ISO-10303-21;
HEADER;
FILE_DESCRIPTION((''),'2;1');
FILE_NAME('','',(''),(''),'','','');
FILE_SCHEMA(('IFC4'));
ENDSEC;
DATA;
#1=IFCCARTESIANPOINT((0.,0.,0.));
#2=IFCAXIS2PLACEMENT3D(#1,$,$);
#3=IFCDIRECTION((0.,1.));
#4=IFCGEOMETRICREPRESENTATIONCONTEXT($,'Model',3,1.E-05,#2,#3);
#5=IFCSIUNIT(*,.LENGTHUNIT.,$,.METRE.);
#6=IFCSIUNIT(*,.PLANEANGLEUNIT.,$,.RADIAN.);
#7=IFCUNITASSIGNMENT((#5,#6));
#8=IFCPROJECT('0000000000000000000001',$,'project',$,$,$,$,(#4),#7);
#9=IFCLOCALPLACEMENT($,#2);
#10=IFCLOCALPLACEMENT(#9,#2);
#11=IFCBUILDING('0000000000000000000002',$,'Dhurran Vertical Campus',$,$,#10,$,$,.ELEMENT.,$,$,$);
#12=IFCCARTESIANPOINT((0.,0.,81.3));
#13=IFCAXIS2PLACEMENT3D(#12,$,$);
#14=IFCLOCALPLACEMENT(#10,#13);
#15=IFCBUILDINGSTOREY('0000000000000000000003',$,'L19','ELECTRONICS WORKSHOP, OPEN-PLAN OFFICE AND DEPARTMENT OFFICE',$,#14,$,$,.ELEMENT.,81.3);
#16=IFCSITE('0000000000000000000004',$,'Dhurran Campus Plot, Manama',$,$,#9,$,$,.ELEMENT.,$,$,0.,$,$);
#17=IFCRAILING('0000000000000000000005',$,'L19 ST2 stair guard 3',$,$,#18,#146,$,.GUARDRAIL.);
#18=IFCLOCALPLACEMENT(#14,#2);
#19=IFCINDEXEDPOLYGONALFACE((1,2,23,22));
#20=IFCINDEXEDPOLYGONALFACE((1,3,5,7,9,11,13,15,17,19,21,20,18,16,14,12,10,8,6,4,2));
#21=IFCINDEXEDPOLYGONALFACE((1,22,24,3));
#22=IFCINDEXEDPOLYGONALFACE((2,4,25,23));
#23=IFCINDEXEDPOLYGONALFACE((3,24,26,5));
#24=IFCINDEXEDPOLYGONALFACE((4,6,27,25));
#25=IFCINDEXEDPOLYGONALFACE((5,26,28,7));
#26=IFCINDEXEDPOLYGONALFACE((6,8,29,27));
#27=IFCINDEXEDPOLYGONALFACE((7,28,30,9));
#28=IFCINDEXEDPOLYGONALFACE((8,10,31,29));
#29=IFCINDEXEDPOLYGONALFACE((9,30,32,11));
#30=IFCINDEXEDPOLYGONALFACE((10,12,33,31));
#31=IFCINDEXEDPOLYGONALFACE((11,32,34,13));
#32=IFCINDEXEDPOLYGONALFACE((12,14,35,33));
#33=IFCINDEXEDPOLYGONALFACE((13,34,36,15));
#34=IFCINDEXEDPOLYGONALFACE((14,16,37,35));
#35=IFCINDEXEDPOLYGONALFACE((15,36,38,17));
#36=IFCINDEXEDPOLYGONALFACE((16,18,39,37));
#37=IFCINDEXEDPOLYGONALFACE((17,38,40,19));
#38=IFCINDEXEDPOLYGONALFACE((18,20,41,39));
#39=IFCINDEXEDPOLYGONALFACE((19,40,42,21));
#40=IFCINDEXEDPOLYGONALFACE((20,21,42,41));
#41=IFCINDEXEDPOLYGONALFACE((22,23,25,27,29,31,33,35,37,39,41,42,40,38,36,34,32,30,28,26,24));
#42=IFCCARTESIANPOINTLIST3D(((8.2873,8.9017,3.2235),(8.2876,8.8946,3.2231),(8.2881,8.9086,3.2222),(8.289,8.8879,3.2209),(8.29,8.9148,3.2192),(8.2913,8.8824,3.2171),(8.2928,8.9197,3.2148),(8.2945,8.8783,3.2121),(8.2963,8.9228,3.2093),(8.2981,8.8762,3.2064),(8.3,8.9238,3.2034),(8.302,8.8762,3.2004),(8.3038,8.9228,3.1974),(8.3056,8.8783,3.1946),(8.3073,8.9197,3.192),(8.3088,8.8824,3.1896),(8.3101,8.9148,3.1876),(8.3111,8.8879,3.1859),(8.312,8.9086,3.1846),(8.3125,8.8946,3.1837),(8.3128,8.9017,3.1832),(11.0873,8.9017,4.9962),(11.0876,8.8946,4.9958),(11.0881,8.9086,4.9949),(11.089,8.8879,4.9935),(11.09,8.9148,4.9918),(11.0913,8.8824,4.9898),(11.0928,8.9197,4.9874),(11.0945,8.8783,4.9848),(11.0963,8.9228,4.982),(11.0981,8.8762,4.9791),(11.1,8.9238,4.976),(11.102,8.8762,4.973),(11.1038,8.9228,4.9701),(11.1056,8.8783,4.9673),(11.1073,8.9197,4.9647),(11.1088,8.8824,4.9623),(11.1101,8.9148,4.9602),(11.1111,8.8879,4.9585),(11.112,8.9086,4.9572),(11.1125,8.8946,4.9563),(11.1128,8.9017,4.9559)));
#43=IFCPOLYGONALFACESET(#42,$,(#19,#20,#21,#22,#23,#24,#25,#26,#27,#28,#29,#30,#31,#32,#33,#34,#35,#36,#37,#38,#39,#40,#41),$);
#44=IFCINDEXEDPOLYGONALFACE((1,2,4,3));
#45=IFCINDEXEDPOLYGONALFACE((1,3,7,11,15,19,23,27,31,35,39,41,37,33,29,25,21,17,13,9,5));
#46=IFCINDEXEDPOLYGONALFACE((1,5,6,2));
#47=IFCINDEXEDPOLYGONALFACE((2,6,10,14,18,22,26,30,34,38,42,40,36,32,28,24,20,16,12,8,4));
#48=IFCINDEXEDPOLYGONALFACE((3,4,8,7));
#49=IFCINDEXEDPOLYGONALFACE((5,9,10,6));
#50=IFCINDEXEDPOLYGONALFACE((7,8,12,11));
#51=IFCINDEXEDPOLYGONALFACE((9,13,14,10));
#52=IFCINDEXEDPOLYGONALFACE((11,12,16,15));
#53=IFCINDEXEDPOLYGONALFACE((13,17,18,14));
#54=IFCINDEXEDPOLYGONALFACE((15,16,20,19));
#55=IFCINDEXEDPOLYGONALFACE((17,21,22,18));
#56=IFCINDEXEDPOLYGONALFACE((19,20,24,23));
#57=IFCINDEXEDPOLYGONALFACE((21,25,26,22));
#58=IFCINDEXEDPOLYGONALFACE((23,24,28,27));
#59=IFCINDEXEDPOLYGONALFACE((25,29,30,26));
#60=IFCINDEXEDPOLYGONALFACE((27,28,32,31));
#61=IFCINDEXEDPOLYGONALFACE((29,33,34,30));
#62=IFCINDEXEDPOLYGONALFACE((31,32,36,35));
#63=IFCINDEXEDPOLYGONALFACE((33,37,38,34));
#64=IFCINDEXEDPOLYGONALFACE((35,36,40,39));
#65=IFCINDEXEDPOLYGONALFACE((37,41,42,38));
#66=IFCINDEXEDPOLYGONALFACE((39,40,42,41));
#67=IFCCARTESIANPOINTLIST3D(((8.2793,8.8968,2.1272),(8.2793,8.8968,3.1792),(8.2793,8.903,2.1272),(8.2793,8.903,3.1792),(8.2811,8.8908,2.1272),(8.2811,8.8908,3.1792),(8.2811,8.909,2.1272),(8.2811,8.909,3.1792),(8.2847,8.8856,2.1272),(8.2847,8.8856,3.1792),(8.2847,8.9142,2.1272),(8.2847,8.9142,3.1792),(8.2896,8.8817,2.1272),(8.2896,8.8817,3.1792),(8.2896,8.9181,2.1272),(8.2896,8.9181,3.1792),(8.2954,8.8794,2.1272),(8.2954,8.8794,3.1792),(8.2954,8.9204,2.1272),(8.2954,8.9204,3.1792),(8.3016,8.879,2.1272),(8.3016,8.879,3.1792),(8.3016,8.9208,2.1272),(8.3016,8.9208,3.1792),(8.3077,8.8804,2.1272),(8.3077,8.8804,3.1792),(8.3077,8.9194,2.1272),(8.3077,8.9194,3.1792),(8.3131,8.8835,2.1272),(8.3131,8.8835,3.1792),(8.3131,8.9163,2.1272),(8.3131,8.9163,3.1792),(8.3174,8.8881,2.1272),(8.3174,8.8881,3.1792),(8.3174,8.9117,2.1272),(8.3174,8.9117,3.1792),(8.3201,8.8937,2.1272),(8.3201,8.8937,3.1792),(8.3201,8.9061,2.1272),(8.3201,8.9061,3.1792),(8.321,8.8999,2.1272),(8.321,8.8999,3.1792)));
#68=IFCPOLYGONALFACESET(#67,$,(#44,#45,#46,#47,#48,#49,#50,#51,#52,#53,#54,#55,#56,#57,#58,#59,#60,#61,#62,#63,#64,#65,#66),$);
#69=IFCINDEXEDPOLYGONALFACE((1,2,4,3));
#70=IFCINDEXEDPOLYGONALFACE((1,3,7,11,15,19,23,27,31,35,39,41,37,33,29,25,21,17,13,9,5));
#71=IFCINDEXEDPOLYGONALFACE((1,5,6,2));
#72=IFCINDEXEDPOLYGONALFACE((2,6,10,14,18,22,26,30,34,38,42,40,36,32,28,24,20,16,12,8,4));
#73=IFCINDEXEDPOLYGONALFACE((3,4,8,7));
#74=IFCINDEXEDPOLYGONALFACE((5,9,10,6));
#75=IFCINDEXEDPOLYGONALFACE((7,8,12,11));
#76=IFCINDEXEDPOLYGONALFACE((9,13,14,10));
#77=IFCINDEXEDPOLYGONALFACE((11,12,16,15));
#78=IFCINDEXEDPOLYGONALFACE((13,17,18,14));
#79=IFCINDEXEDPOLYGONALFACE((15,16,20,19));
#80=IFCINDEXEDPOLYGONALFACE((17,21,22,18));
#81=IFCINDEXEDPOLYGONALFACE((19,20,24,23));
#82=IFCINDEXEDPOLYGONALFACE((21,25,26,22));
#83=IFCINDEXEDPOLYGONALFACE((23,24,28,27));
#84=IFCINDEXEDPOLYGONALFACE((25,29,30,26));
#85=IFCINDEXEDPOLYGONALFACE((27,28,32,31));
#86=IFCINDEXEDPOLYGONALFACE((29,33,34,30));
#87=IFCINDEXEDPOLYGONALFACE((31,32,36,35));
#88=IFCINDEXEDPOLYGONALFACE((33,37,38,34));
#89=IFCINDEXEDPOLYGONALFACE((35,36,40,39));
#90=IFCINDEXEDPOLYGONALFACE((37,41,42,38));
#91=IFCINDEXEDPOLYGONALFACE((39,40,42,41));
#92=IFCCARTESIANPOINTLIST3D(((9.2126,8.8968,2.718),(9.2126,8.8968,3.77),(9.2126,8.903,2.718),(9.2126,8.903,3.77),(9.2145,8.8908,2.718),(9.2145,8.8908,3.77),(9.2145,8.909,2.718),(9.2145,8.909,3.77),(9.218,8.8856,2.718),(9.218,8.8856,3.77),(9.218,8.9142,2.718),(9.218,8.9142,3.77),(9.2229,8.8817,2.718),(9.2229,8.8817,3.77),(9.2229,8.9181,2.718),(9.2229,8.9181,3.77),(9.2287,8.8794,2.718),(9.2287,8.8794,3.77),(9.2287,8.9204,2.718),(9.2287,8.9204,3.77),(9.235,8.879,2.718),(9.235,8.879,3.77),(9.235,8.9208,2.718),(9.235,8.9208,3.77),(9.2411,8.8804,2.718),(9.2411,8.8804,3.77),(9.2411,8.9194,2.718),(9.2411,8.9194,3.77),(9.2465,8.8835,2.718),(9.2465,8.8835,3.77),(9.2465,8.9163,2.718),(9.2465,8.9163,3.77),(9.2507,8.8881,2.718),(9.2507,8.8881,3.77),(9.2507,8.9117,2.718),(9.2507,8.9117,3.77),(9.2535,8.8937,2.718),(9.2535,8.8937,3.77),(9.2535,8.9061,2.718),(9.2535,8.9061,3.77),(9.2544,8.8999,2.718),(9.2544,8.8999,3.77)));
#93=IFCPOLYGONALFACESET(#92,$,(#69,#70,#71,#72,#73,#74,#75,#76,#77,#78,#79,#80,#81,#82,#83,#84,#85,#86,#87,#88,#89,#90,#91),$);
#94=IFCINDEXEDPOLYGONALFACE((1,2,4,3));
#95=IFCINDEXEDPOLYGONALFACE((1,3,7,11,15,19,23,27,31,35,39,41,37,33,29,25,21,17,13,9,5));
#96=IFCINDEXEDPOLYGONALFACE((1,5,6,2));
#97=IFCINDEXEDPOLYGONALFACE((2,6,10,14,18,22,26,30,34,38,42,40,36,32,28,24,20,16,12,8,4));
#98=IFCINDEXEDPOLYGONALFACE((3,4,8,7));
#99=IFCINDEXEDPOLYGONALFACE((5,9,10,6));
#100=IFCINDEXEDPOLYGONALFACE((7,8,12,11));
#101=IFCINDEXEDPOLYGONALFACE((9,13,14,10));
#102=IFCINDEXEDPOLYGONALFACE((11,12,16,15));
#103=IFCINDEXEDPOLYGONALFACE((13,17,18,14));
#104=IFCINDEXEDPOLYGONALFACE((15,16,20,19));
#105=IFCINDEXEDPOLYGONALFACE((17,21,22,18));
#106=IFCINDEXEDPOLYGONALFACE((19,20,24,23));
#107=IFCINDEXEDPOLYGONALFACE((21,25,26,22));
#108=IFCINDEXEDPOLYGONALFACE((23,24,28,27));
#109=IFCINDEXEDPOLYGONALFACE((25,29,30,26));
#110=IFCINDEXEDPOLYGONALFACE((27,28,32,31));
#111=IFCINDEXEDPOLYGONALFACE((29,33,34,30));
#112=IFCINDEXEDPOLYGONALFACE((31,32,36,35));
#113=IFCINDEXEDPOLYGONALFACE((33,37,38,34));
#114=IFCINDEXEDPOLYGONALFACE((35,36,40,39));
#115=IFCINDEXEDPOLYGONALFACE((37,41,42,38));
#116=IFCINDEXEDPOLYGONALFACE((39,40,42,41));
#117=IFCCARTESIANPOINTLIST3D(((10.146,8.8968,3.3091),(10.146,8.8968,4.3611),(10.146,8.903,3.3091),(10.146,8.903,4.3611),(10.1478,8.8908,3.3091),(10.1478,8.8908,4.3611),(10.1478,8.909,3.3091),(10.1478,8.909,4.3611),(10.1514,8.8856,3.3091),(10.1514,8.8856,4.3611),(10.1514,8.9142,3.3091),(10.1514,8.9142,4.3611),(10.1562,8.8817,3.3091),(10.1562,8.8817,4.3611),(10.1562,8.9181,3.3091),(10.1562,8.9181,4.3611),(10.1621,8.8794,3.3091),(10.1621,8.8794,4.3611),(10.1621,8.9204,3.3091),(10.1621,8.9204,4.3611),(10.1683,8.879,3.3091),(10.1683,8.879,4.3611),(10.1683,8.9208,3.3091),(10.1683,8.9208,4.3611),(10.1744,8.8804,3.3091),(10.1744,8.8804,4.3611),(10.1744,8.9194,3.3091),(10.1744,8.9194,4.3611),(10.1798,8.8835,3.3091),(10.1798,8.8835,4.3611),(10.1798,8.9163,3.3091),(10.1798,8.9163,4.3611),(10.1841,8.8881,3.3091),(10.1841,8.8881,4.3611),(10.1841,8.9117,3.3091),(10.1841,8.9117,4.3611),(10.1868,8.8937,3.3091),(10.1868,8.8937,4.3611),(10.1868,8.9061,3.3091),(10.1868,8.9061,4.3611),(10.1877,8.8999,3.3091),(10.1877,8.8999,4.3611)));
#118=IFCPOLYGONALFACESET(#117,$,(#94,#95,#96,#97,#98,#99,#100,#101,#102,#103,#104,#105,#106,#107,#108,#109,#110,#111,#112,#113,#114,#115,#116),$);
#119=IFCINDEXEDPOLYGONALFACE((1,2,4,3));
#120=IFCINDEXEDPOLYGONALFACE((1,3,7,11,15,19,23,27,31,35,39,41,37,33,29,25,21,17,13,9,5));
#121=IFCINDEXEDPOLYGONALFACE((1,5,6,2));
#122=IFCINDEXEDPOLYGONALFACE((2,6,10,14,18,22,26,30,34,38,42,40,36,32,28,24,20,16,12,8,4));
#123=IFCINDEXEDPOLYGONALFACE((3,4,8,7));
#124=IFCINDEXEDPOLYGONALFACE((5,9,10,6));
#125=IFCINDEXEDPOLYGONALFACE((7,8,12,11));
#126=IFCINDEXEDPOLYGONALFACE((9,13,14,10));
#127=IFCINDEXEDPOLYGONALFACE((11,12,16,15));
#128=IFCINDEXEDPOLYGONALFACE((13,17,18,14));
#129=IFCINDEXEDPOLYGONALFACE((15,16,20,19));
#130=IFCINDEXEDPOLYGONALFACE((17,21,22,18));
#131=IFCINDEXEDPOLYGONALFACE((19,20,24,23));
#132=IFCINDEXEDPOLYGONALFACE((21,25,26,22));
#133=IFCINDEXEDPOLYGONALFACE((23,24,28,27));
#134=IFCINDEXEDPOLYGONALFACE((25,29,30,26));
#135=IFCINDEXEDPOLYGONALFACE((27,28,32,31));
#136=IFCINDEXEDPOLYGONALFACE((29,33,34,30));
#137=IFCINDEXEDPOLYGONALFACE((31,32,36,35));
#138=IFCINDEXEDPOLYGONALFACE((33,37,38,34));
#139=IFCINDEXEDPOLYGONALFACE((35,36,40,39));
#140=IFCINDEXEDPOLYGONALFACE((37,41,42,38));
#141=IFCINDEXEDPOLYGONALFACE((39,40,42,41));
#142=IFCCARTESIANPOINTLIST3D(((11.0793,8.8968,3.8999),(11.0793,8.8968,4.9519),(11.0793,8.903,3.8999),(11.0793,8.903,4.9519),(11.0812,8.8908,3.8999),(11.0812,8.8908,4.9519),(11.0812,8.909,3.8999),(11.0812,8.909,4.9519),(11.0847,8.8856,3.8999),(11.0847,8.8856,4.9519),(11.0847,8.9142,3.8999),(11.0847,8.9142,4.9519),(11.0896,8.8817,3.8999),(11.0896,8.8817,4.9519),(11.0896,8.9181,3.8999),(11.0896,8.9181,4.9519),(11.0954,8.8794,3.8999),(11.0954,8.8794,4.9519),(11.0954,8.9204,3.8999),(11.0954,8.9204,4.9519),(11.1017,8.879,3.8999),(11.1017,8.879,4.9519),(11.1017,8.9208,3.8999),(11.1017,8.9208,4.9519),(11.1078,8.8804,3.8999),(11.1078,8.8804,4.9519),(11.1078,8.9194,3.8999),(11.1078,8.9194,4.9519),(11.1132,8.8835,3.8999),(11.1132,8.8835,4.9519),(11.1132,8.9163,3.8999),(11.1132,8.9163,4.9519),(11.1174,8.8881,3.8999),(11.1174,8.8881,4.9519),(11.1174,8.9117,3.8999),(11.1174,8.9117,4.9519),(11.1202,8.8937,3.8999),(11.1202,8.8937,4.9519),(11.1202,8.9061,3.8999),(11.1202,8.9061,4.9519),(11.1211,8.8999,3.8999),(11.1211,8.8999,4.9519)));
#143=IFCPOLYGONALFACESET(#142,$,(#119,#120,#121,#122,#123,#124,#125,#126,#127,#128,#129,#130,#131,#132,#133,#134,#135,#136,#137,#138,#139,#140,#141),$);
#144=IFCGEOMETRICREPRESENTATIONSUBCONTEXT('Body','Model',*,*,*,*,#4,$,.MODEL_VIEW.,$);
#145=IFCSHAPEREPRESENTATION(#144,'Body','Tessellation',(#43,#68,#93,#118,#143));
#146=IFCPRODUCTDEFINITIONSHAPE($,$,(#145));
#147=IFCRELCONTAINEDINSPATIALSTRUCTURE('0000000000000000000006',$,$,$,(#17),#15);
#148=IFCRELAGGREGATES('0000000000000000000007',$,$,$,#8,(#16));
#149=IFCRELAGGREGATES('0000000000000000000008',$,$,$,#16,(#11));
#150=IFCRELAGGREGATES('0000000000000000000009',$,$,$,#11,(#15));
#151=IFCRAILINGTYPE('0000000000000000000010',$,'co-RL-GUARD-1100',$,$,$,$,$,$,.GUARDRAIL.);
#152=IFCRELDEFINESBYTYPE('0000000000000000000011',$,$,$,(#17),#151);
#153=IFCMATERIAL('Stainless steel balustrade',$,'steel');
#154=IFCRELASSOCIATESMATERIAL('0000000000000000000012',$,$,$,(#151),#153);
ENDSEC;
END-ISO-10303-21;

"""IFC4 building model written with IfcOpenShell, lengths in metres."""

from ifc_helpers import new_model, si_unit, direction, frame, origin, origin_2d, place, context, subcontext, project, spatial, circle, extrude, material, type_object, element, save


model = new_model("IFC4")

# Units and contexts
model_context = context("Model", 3, precision=1e-05, world=origin(), true_north=direction((0.0, 1.0)))
body_context = subcontext(model_context, "Body", "Model", "MODEL_VIEW")
ifc_project = project(units=[si_unit("LENGTHUNIT", "METRE"), si_unit("PLANEANGLEUNIT", "RADIAN")], contexts=[model_context])

# Site, building, storey
site_placement = place(None, origin())
site = spatial("IfcSite", under=ifc_project, at=site_placement, Name="Dhurran Campus Plot, Manama", CompositionType="ELEMENT", RefElevation=0.0)
building_placement = place(site_placement, origin())
building = spatial("IfcBuilding", under=site, at=building_placement, Name="Dhurran Vertical Campus", CompositionType="ELEMENT")
storey_placement = place(building_placement, frame((0.0, 0.0, 81.3)))
storey = spatial("IfcBuildingStorey", under=building, at=storey_placement, Name="L19", Description="ELECTRONICS WORKSHOP, OPEN-PLAN OFFICE AND DEPARTMENT OFFICE", CompositionType="ELEMENT", Elevation=81.3)

# Railing
ifc_material_1 = material(Name="Stainless steel balustrade", Category="steel")
railing_type_1 = type_object("IfcRailingType", Name="co-RL-GUARD-1100", PredefinedType="GUARDRAIL", material=ifc_material_1)
railing_1_placement = place(storey_placement, frame((8.3, 8.8999, 2.1272)))
element("IfcRailing", 1, at=railing_1_placement, inside=storey, type_object=railing_type_1, Name="L19 ST2 stair guard 3", PredefinedType="GUARDRAIL", context=body_context, shape_type="SweptSolid", body=[
    extrude(circle(Radius=0.0239, at=origin_2d()), frame((0.0, 0.0, 1.0762), z_axis=(0.844909, 0.0, 0.53491), x_axis=(0.0, 1.0, 0.0)), (0.0, 0.0, 1.0), 3.314),
    extrude(circle(Radius=0.021, at=origin_2d()), origin(), (0.0, 0.0, 1.0), 1.052),
    extrude(circle(Radius=0.021, at=origin_2d()), frame((0.9333, 0.0, 0.5908)), (0.0, 0.0, 1.0), 1.052),
    extrude(circle(Radius=0.021, at=origin_2d()), frame((1.8667, 0.0, 1.1819)), (0.0, 0.0, 1.0), 1.052),
    extrude(circle(Radius=0.021, at=origin_2d()), frame((2.8, 0.0, 1.7727)), (0.0, 0.0, 1.0), 1.052),
])

save(model, "model.ifc")
